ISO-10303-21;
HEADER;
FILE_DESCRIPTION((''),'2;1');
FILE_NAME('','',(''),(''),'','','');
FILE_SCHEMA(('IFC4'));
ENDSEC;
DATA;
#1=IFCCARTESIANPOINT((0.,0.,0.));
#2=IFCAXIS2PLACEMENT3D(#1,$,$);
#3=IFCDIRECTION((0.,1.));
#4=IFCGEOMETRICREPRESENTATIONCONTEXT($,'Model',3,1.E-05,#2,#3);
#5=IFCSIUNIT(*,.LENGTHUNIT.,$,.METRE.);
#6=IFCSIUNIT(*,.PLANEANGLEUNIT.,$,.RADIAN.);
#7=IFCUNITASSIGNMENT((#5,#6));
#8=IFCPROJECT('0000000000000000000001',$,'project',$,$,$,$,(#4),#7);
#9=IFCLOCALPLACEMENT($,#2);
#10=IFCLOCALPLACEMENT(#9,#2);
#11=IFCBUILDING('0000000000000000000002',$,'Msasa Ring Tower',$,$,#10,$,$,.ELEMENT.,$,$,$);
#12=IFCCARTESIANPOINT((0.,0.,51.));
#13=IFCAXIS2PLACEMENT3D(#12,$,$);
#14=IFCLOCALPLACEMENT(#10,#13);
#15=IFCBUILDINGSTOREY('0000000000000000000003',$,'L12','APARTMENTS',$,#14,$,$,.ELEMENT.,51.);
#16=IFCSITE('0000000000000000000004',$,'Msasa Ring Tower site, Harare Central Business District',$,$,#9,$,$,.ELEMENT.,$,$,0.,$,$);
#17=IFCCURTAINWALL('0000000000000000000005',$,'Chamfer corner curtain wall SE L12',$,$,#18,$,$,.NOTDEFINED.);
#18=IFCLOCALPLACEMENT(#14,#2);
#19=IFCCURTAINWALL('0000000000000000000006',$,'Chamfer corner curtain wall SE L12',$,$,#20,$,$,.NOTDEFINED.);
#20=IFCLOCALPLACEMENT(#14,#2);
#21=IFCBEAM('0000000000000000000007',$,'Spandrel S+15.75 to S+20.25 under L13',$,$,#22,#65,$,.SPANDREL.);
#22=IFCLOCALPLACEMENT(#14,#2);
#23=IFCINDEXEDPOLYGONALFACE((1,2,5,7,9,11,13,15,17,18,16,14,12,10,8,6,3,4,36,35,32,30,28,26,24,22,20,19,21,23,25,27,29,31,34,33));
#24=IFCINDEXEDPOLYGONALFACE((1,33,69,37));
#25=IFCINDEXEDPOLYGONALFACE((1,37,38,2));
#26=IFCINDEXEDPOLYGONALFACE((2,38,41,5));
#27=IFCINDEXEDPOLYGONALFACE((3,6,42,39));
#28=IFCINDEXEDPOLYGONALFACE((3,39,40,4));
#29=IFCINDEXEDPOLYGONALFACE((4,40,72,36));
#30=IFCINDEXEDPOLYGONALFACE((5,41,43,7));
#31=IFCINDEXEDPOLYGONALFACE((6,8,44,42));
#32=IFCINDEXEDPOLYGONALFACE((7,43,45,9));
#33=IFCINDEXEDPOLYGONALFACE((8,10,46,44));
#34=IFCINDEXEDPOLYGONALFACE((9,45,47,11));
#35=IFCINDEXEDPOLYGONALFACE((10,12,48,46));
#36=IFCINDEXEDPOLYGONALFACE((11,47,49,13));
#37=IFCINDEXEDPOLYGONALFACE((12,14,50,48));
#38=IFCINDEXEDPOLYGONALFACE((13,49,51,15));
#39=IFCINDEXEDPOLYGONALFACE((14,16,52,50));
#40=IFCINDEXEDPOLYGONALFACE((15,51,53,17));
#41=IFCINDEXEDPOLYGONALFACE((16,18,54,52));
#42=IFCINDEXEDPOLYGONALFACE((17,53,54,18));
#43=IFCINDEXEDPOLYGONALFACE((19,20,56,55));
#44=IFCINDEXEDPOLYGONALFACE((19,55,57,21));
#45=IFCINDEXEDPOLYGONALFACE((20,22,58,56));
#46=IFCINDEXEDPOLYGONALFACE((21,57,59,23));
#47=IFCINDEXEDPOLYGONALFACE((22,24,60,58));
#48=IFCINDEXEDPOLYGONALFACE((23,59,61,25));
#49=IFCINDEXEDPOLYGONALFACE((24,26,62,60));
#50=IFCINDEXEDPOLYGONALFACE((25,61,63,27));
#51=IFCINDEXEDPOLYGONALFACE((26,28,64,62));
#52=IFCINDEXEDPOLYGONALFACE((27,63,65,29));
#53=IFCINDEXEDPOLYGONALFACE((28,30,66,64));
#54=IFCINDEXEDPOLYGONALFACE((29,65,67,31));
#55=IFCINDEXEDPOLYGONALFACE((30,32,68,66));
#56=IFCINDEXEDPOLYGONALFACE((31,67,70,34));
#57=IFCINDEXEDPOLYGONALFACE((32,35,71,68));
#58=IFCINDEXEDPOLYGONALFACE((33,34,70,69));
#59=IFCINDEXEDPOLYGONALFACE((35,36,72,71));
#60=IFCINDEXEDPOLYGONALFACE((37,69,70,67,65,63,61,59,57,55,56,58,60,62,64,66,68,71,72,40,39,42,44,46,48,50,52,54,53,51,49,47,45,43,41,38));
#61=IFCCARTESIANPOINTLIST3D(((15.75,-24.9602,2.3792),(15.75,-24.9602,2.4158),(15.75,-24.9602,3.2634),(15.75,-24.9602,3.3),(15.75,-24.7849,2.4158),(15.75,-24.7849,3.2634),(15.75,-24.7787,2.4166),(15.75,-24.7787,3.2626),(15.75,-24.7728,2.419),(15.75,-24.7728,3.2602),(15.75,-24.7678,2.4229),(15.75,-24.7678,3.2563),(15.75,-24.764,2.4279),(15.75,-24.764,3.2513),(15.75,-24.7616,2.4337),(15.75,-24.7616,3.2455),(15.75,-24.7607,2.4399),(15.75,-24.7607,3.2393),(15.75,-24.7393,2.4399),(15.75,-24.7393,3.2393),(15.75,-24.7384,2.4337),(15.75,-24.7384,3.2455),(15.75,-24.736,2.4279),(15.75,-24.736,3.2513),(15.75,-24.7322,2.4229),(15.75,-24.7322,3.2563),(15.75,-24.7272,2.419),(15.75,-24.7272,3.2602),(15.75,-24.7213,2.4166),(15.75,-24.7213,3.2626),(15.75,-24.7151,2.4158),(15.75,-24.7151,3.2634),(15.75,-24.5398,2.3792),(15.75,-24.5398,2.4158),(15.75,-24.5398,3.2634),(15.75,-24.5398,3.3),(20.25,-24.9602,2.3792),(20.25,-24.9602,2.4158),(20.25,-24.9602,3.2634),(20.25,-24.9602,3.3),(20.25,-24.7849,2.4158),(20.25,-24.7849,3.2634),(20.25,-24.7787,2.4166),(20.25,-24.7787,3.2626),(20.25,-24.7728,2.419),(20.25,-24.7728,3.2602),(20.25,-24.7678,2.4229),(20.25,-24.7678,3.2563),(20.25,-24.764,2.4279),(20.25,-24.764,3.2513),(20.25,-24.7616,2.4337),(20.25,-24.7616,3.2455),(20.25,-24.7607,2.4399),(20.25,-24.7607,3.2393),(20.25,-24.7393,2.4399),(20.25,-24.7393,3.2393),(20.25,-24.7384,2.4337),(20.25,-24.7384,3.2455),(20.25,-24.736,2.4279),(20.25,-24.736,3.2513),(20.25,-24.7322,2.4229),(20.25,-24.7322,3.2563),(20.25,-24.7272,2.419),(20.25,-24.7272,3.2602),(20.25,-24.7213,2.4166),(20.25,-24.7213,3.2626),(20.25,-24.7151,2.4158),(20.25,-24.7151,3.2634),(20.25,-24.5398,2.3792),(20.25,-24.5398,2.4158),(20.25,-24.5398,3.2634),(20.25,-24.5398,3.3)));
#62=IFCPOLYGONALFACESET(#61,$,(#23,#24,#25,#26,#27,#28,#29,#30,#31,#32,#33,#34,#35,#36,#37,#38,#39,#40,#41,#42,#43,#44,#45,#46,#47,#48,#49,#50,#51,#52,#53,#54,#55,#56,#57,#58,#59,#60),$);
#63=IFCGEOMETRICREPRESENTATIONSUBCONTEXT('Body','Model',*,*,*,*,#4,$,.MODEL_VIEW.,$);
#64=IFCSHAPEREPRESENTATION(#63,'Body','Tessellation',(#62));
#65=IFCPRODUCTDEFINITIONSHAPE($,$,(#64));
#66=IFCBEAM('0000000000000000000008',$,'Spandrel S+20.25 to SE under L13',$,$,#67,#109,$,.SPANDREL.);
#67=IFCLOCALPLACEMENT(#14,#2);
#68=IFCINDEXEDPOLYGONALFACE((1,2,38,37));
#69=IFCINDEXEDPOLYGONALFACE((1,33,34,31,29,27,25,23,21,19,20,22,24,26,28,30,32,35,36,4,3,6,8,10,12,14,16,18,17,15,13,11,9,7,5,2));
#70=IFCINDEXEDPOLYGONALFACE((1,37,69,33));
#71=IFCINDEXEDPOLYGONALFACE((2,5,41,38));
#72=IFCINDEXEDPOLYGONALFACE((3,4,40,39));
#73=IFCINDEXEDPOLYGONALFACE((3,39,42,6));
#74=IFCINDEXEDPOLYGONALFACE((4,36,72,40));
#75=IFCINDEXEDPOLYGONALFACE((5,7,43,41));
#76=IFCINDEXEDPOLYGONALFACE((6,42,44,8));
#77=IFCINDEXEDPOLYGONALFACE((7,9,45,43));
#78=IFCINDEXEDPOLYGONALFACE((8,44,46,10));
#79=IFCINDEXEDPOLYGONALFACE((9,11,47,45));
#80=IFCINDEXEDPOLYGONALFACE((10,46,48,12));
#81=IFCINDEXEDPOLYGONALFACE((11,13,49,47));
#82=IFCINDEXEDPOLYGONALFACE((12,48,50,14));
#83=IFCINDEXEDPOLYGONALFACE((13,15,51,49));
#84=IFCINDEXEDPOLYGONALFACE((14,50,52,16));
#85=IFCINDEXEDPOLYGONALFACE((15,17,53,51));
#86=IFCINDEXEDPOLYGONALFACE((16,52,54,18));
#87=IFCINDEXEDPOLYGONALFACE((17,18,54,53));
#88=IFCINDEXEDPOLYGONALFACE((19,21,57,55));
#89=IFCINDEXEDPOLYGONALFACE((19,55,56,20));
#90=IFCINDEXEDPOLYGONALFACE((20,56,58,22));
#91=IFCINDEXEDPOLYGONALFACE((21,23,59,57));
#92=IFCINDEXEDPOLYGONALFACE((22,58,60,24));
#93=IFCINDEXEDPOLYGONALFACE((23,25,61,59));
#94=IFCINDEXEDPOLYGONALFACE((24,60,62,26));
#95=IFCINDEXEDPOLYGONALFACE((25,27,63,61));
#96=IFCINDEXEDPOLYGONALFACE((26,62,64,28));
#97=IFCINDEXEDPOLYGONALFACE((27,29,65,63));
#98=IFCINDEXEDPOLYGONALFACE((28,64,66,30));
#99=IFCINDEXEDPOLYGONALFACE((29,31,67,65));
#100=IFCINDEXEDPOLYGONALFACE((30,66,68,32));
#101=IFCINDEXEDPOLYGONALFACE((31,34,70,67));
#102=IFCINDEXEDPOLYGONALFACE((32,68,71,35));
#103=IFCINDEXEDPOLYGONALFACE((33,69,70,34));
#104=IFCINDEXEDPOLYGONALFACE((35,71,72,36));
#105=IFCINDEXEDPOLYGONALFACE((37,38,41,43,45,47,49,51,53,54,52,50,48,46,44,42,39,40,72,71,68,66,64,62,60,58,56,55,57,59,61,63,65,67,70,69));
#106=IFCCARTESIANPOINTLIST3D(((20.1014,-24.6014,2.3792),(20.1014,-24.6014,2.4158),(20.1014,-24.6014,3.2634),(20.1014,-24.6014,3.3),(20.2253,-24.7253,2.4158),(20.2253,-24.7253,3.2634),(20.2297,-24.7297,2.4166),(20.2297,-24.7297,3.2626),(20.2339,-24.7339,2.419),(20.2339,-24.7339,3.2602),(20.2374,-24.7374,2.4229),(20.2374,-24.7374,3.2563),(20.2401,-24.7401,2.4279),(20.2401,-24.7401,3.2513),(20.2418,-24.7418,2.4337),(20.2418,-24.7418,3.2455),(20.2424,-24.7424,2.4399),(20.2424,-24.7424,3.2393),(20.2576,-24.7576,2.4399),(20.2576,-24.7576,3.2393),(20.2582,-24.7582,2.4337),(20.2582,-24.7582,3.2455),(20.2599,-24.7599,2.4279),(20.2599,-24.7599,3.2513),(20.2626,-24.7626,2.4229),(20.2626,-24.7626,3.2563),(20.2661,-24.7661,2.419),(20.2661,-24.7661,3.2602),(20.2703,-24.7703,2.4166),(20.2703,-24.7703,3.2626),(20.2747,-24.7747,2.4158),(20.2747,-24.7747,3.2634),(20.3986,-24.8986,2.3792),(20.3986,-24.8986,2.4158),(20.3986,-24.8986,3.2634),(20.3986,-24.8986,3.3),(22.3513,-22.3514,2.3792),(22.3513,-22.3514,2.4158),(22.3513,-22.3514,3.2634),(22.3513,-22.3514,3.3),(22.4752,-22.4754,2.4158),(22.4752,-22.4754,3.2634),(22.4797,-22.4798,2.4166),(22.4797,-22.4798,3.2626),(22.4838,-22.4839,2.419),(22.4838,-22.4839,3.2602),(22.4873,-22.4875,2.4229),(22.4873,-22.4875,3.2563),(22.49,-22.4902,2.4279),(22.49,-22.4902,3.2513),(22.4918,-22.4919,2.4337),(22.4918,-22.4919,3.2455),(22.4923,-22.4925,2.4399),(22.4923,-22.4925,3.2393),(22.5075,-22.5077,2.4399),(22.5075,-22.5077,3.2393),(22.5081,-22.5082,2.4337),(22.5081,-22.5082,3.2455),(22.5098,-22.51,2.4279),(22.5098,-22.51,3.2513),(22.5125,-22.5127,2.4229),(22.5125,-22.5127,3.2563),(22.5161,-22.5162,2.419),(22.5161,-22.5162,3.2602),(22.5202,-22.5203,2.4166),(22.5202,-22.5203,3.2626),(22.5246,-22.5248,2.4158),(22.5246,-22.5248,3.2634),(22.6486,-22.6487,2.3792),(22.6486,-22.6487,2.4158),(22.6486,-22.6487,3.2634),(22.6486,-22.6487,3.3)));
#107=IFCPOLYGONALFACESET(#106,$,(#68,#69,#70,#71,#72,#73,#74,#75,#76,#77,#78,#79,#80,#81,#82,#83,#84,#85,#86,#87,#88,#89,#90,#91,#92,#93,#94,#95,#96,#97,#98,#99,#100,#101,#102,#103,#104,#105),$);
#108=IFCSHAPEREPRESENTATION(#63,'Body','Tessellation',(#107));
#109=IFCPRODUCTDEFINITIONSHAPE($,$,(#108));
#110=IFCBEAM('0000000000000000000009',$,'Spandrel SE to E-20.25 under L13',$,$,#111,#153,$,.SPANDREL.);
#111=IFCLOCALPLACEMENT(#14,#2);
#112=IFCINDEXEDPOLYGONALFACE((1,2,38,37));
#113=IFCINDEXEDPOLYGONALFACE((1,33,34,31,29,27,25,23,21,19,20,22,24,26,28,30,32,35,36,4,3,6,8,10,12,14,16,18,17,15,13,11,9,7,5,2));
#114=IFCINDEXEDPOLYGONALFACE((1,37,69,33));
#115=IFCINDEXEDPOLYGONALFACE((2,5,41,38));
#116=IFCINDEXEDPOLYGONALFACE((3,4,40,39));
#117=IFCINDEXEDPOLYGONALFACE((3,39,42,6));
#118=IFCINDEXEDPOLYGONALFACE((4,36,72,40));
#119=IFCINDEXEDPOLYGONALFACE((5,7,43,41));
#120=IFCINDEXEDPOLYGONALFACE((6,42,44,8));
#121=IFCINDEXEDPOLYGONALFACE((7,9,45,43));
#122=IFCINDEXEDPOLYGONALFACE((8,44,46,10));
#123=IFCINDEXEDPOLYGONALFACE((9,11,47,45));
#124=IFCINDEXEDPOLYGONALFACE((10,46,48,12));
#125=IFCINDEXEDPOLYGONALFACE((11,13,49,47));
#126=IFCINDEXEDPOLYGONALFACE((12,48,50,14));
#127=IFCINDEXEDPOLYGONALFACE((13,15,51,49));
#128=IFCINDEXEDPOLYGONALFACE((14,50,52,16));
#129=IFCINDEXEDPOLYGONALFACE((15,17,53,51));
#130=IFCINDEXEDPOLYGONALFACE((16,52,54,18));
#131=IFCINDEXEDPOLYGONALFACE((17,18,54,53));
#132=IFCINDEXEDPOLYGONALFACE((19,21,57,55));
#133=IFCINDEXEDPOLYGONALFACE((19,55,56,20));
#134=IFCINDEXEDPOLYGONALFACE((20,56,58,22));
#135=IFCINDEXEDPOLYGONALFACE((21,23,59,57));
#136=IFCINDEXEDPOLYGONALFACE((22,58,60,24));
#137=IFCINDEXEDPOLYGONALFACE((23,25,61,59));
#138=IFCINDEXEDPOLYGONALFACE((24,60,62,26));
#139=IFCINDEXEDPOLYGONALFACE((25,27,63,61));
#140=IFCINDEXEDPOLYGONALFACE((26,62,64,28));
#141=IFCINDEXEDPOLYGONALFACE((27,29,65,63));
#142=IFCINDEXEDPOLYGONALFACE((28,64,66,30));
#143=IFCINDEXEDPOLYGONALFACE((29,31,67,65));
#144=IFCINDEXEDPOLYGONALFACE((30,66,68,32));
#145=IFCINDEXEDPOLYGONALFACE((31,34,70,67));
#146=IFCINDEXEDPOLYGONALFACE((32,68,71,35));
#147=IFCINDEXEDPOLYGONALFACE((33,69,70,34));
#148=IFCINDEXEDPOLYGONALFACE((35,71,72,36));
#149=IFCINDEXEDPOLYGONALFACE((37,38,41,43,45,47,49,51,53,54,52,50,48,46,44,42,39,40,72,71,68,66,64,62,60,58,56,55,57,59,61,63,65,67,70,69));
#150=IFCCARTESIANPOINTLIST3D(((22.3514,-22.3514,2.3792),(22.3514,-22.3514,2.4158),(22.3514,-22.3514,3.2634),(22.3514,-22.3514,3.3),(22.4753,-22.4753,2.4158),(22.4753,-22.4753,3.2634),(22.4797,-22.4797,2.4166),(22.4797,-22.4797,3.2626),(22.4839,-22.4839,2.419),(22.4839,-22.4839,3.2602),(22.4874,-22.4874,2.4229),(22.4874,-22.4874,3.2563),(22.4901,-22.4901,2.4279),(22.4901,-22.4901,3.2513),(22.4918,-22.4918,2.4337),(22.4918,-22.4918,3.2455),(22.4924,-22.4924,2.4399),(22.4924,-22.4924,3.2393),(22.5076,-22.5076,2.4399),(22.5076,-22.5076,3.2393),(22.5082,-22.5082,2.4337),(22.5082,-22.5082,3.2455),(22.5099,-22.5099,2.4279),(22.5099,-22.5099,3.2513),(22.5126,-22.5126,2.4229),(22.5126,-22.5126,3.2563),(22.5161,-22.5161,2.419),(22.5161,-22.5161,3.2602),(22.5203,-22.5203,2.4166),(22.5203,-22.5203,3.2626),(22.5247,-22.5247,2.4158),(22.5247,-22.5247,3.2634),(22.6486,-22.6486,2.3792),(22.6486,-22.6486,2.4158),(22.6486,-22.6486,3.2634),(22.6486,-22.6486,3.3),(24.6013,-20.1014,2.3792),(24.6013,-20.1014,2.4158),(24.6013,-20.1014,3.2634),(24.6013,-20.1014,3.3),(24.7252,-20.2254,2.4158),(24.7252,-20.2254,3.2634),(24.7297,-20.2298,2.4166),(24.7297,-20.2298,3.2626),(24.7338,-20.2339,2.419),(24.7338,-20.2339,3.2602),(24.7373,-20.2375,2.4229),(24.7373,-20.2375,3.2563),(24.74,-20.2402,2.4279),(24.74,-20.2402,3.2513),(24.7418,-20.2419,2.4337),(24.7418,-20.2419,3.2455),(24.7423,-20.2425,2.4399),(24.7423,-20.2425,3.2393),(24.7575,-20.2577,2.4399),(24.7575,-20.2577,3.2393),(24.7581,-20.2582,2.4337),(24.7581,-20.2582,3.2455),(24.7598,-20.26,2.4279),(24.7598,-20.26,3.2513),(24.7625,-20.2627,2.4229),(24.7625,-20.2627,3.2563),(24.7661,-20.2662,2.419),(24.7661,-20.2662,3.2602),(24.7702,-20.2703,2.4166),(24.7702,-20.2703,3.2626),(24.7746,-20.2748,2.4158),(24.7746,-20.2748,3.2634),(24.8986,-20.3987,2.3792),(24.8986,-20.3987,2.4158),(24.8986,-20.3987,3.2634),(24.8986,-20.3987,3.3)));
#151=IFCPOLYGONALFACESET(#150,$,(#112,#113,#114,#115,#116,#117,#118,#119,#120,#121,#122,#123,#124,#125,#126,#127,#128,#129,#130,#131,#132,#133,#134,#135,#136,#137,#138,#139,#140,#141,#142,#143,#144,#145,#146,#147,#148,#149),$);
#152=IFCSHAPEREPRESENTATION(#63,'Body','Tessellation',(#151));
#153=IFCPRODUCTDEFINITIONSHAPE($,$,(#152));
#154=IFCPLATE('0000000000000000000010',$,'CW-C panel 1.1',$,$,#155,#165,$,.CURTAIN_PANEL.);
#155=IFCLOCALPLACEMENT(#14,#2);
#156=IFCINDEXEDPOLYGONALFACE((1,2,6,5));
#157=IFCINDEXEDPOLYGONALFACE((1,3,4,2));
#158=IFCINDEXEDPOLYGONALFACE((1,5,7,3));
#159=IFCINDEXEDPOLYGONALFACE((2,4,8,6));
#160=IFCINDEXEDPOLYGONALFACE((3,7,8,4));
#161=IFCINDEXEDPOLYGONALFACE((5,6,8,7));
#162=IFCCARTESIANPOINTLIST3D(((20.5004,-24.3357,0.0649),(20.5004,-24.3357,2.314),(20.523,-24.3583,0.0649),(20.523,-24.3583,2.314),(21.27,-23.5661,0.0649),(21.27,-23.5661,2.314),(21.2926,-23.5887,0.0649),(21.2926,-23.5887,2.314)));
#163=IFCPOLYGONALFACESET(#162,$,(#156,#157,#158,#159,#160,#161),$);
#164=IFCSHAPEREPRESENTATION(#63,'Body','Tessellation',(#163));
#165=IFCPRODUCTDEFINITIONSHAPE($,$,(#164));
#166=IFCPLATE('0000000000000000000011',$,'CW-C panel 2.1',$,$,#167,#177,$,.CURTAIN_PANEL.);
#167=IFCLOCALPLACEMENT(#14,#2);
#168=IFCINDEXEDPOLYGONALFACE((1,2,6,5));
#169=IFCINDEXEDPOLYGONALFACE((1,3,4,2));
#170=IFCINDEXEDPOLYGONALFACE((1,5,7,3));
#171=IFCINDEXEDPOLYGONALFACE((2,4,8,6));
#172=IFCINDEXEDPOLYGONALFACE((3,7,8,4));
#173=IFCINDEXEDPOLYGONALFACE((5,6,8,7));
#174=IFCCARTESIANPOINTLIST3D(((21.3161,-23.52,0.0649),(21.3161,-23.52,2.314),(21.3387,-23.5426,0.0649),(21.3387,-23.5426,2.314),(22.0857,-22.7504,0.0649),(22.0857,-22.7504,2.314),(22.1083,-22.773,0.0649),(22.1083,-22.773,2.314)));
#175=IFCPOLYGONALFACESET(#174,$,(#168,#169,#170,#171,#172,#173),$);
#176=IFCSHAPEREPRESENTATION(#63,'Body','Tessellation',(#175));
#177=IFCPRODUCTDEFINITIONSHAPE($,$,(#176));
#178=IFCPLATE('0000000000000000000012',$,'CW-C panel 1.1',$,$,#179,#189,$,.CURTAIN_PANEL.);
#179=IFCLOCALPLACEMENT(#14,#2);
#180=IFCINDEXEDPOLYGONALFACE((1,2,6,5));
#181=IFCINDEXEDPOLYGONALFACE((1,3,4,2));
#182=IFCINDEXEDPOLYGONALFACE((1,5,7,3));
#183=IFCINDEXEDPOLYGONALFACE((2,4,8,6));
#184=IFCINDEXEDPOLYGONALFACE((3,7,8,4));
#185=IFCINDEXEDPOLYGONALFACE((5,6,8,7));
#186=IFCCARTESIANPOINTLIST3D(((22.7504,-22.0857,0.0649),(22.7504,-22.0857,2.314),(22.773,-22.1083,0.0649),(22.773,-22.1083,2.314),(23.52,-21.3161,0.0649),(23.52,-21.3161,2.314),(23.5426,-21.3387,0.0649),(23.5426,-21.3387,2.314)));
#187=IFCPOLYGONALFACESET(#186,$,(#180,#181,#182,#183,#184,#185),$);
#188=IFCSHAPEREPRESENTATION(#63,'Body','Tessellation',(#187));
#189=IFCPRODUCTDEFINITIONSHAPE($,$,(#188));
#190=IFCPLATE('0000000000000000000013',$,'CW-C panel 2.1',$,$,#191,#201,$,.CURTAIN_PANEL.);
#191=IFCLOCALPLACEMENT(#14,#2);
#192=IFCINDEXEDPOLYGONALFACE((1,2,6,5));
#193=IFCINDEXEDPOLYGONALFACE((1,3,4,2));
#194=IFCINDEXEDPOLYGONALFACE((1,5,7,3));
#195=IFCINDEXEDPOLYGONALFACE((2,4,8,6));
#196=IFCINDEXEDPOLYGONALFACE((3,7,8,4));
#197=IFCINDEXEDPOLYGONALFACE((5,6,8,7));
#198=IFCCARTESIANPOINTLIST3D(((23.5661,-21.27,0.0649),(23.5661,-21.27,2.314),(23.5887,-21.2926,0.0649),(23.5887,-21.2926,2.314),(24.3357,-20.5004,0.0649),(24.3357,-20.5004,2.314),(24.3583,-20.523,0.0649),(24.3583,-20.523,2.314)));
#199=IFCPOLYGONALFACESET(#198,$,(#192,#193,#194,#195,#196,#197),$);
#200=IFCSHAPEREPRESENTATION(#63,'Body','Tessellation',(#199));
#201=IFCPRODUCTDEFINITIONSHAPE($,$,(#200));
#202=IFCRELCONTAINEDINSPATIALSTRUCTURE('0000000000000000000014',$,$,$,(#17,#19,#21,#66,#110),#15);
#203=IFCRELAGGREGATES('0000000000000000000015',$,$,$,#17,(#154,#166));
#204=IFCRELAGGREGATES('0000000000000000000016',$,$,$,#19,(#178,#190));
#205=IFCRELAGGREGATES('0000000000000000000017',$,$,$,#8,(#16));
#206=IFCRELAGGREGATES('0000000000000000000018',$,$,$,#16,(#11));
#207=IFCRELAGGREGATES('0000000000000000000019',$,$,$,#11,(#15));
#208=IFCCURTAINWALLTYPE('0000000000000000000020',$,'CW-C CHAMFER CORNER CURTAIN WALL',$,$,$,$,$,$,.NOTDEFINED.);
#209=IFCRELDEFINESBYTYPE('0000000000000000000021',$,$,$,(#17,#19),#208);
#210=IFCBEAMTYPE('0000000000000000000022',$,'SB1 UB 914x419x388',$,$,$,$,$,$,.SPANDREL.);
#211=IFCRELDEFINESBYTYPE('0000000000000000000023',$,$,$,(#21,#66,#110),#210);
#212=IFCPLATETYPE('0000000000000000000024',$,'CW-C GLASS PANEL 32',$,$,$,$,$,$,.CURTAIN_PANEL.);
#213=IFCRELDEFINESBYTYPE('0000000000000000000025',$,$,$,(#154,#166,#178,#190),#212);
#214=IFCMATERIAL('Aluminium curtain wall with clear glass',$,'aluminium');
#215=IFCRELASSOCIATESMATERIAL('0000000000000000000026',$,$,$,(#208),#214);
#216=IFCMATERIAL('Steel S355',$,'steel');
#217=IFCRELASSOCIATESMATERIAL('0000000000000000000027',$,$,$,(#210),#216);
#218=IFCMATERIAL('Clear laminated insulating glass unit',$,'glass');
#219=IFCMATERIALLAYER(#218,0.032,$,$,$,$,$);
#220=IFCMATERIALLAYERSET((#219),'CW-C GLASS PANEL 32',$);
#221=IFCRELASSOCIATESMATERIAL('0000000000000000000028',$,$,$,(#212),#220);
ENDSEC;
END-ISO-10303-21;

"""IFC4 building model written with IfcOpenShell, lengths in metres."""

from ifc_helpers import new_model, si_unit, direction, frame, origin, origin_2d, place, context, subcontext, project, spatial, rectangle, i_section, extrude, material, layer, layer_set, material_profile, profile_set, type_object, element, aggregate, save


model = new_model("IFC4")

# Units and contexts
model_context = context("Model", 3, precision=1e-05, world=origin(), true_north=direction((0.0, 1.0)))
body_context = subcontext(model_context, "Body", "Model", "MODEL_VIEW")
ifc_project = project(units=[si_unit("LENGTHUNIT", "METRE"), si_unit("PLANEANGLEUNIT", "RADIAN")], contexts=[model_context])

# Site, building, storey
site_placement = place(None, origin())
site = spatial("IfcSite", under=ifc_project, at=site_placement, Name="Msasa Ring Tower site, Harare Central Business District", CompositionType="ELEMENT", RefElevation=0.0)
building_placement = place(site_placement, origin())
building = spatial("IfcBuilding", under=site, at=building_placement, Name="Msasa Ring Tower", CompositionType="ELEMENT")
storey_placement = place(building_placement, frame((0.0, 0.0, 51.0)))
storey = spatial("IfcBuildingStorey", under=building, at=storey_placement, Name="L12", Description="APARTMENTS", CompositionType="ELEMENT", Elevation=51.0)

# Curtain walls
ifc_material_1 = material(Name="Aluminium curtain wall with clear glass", Category="aluminium")
curtain_wall_type = type_object("IfcCurtainWallType", Name="CW-C CHAMFER CORNER CURTAIN WALL", PredefinedType="NOTDEFINED", material=ifc_material_1)
curtain_wall_1_placement = place(storey_placement, origin())
curtain_wall_1 = element("IfcCurtainWall", 1, at=curtain_wall_1_placement, inside=storey, type_object=curtain_wall_type, Name="Chamfer corner curtain wall SE L12", PredefinedType="NOTDEFINED")
curtain_wall_2_placement = place(storey_placement, origin())
curtain_wall_2 = element("IfcCurtainWall", 2, at=curtain_wall_2_placement, inside=storey, type_object=curtain_wall_type, Name="Chamfer corner curtain wall SE L12", PredefinedType="NOTDEFINED")

# Beams
ifc_material_2 = material(Name="Steel S355", Category="steel")
ifc_material_profile_1 = material_profile(ifc_material_2, i_section(OverallWidth=0.4204, OverallDepth=0.9209, WebThickness=0.0215, FlangeThickness=0.0366, FilletRadius=0.0242, at=origin_2d()), Name="UB 914x419x388")
ifc_profile_set_1 = profile_set([ifc_material_profile_1], Name="Steel S355")
beam_type_1 = type_object("IfcBeamType", Name="SB1 UB 914x419x388", PredefinedType="SPANDREL", material=ifc_profile_set_1)
beam_1_placement = place(storey_placement, frame((15.75, -24.75, 2.8396), z_axis=(1.0, 0.0, 0.0), x_axis=(0.0, 1.0, 0.0)))
element("IfcBeam", 3, at=beam_1_placement, inside=storey, type_object=beam_type_1, Name="Spandrel S+15.75 to S+20.25 under L13", PredefinedType="SPANDREL", context=body_context, shape_type="SweptSolid", body=[
    extrude(i_section(OverallWidth=0.4204, OverallDepth=0.9209, WebThickness=0.0215, FlangeThickness=0.0366, FilletRadius=0.0242, at=origin_2d()), origin(), (0.0, 0.0, 1.0), 4.5),
])
for number, where, z_axis, x_axis, name in (
    (4, (20.25, -24.75, 2.8396), (0.707107, 0.707107, 0.0), (-0.707107, 0.707107, 0.0), "Spandrel S+20.25 to SE under L13"),
    (5, (22.5, -22.5, 2.8396), (0.707107, 0.707107, 0.0), (-0.707107, 0.707107, 0.0), "Spandrel SE to E-20.25 under L13"),
):
    element("IfcBeam", number, at=place(storey_placement, frame(where, z_axis=z_axis, x_axis=x_axis)), inside=storey, type_object=beam_type_1, Name=name, PredefinedType="SPANDREL", context=body_context, shape_type="SweptSolid", body=[
        extrude(i_section(OverallWidth=0.4204, OverallDepth=0.9209, WebThickness=0.0215, FlangeThickness=0.0366, FilletRadius=0.0242, at=origin_2d()), origin(), (0.0, 0.0, 1.0), 3.1819),
    ])

# Plates
ifc_material_3 = material(Name="Clear laminated insulating glass unit", Category="glass")
ifc_layer_1 = layer(ifc_material_3, 0.032)
ifc_layer_set_1 = layer_set([ifc_layer_1], Name="CW-C GLASS PANEL 32")
plate_type = type_object("IfcPlateType", Name="CW-C GLASS PANEL 32", PredefinedType="CURTAIN_PANEL", material=ifc_layer_set_1)
plate_1_placement = place(storey_placement, frame((20.8965, -23.9622, 0.0649), z_axis=(0.0, 0.0, 1.0), x_axis=(0.707107, 0.707107, 0.0)))
plate_1 = element("IfcPlate", 6, at=plate_1_placement, type_object=plate_type, Name="CW-C panel 1.1", PredefinedType="CURTAIN_PANEL", context=body_context, shape_type="SweptSolid", body=[
    extrude(rectangle(XDim=1.0884, YDim=0.032, at=origin_2d()), origin(), (0.0, 0.0, 1.0), 2.249),
])
plate_2_placement = place(storey_placement, frame((21.7122, -23.1465, 0.0649), z_axis=(0.0, 0.0, 1.0), x_axis=(0.707107, 0.707107, 0.0)))
plate_2 = element("IfcPlate", 7, at=plate_2_placement, type_object=plate_type, Name="CW-C panel 2.1", PredefinedType="CURTAIN_PANEL", context=body_context, shape_type="SweptSolid", body=[
    extrude(rectangle(XDim=1.0884, YDim=0.032, at=origin_2d()), origin(), (0.0, 0.0, 1.0), 2.249),
])
aggregate(curtain_wall_1, [plate_1, plate_2])
plate_3_placement = place(storey_placement, frame((23.1465, -21.7122, 0.0649), z_axis=(0.0, 0.0, 1.0), x_axis=(0.707107, 0.707107, 0.0)))
plate_3 = element("IfcPlate", 8, at=plate_3_placement, type_object=plate_type, Name="CW-C panel 1.1", PredefinedType="CURTAIN_PANEL", context=body_context, shape_type="SweptSolid", body=[
    extrude(rectangle(XDim=1.0884, YDim=0.032, at=origin_2d()), origin(), (0.0, 0.0, 1.0), 2.249),
])
plate_4_placement = place(storey_placement, frame((23.9622, -20.8965, 0.0649), z_axis=(0.0, 0.0, 1.0), x_axis=(0.707107, 0.707107, 0.0)))
plate_4 = element("IfcPlate", 9, at=plate_4_placement, type_object=plate_type, Name="CW-C panel 2.1", PredefinedType="CURTAIN_PANEL", context=body_context, shape_type="SweptSolid", body=[
    extrude(rectangle(XDim=1.0884, YDim=0.032, at=origin_2d()), origin(), (0.0, 0.0, 1.0), 2.249),
])
aggregate(curtain_wall_2, [plate_3, plate_4])

save(model, "model.ifc")
